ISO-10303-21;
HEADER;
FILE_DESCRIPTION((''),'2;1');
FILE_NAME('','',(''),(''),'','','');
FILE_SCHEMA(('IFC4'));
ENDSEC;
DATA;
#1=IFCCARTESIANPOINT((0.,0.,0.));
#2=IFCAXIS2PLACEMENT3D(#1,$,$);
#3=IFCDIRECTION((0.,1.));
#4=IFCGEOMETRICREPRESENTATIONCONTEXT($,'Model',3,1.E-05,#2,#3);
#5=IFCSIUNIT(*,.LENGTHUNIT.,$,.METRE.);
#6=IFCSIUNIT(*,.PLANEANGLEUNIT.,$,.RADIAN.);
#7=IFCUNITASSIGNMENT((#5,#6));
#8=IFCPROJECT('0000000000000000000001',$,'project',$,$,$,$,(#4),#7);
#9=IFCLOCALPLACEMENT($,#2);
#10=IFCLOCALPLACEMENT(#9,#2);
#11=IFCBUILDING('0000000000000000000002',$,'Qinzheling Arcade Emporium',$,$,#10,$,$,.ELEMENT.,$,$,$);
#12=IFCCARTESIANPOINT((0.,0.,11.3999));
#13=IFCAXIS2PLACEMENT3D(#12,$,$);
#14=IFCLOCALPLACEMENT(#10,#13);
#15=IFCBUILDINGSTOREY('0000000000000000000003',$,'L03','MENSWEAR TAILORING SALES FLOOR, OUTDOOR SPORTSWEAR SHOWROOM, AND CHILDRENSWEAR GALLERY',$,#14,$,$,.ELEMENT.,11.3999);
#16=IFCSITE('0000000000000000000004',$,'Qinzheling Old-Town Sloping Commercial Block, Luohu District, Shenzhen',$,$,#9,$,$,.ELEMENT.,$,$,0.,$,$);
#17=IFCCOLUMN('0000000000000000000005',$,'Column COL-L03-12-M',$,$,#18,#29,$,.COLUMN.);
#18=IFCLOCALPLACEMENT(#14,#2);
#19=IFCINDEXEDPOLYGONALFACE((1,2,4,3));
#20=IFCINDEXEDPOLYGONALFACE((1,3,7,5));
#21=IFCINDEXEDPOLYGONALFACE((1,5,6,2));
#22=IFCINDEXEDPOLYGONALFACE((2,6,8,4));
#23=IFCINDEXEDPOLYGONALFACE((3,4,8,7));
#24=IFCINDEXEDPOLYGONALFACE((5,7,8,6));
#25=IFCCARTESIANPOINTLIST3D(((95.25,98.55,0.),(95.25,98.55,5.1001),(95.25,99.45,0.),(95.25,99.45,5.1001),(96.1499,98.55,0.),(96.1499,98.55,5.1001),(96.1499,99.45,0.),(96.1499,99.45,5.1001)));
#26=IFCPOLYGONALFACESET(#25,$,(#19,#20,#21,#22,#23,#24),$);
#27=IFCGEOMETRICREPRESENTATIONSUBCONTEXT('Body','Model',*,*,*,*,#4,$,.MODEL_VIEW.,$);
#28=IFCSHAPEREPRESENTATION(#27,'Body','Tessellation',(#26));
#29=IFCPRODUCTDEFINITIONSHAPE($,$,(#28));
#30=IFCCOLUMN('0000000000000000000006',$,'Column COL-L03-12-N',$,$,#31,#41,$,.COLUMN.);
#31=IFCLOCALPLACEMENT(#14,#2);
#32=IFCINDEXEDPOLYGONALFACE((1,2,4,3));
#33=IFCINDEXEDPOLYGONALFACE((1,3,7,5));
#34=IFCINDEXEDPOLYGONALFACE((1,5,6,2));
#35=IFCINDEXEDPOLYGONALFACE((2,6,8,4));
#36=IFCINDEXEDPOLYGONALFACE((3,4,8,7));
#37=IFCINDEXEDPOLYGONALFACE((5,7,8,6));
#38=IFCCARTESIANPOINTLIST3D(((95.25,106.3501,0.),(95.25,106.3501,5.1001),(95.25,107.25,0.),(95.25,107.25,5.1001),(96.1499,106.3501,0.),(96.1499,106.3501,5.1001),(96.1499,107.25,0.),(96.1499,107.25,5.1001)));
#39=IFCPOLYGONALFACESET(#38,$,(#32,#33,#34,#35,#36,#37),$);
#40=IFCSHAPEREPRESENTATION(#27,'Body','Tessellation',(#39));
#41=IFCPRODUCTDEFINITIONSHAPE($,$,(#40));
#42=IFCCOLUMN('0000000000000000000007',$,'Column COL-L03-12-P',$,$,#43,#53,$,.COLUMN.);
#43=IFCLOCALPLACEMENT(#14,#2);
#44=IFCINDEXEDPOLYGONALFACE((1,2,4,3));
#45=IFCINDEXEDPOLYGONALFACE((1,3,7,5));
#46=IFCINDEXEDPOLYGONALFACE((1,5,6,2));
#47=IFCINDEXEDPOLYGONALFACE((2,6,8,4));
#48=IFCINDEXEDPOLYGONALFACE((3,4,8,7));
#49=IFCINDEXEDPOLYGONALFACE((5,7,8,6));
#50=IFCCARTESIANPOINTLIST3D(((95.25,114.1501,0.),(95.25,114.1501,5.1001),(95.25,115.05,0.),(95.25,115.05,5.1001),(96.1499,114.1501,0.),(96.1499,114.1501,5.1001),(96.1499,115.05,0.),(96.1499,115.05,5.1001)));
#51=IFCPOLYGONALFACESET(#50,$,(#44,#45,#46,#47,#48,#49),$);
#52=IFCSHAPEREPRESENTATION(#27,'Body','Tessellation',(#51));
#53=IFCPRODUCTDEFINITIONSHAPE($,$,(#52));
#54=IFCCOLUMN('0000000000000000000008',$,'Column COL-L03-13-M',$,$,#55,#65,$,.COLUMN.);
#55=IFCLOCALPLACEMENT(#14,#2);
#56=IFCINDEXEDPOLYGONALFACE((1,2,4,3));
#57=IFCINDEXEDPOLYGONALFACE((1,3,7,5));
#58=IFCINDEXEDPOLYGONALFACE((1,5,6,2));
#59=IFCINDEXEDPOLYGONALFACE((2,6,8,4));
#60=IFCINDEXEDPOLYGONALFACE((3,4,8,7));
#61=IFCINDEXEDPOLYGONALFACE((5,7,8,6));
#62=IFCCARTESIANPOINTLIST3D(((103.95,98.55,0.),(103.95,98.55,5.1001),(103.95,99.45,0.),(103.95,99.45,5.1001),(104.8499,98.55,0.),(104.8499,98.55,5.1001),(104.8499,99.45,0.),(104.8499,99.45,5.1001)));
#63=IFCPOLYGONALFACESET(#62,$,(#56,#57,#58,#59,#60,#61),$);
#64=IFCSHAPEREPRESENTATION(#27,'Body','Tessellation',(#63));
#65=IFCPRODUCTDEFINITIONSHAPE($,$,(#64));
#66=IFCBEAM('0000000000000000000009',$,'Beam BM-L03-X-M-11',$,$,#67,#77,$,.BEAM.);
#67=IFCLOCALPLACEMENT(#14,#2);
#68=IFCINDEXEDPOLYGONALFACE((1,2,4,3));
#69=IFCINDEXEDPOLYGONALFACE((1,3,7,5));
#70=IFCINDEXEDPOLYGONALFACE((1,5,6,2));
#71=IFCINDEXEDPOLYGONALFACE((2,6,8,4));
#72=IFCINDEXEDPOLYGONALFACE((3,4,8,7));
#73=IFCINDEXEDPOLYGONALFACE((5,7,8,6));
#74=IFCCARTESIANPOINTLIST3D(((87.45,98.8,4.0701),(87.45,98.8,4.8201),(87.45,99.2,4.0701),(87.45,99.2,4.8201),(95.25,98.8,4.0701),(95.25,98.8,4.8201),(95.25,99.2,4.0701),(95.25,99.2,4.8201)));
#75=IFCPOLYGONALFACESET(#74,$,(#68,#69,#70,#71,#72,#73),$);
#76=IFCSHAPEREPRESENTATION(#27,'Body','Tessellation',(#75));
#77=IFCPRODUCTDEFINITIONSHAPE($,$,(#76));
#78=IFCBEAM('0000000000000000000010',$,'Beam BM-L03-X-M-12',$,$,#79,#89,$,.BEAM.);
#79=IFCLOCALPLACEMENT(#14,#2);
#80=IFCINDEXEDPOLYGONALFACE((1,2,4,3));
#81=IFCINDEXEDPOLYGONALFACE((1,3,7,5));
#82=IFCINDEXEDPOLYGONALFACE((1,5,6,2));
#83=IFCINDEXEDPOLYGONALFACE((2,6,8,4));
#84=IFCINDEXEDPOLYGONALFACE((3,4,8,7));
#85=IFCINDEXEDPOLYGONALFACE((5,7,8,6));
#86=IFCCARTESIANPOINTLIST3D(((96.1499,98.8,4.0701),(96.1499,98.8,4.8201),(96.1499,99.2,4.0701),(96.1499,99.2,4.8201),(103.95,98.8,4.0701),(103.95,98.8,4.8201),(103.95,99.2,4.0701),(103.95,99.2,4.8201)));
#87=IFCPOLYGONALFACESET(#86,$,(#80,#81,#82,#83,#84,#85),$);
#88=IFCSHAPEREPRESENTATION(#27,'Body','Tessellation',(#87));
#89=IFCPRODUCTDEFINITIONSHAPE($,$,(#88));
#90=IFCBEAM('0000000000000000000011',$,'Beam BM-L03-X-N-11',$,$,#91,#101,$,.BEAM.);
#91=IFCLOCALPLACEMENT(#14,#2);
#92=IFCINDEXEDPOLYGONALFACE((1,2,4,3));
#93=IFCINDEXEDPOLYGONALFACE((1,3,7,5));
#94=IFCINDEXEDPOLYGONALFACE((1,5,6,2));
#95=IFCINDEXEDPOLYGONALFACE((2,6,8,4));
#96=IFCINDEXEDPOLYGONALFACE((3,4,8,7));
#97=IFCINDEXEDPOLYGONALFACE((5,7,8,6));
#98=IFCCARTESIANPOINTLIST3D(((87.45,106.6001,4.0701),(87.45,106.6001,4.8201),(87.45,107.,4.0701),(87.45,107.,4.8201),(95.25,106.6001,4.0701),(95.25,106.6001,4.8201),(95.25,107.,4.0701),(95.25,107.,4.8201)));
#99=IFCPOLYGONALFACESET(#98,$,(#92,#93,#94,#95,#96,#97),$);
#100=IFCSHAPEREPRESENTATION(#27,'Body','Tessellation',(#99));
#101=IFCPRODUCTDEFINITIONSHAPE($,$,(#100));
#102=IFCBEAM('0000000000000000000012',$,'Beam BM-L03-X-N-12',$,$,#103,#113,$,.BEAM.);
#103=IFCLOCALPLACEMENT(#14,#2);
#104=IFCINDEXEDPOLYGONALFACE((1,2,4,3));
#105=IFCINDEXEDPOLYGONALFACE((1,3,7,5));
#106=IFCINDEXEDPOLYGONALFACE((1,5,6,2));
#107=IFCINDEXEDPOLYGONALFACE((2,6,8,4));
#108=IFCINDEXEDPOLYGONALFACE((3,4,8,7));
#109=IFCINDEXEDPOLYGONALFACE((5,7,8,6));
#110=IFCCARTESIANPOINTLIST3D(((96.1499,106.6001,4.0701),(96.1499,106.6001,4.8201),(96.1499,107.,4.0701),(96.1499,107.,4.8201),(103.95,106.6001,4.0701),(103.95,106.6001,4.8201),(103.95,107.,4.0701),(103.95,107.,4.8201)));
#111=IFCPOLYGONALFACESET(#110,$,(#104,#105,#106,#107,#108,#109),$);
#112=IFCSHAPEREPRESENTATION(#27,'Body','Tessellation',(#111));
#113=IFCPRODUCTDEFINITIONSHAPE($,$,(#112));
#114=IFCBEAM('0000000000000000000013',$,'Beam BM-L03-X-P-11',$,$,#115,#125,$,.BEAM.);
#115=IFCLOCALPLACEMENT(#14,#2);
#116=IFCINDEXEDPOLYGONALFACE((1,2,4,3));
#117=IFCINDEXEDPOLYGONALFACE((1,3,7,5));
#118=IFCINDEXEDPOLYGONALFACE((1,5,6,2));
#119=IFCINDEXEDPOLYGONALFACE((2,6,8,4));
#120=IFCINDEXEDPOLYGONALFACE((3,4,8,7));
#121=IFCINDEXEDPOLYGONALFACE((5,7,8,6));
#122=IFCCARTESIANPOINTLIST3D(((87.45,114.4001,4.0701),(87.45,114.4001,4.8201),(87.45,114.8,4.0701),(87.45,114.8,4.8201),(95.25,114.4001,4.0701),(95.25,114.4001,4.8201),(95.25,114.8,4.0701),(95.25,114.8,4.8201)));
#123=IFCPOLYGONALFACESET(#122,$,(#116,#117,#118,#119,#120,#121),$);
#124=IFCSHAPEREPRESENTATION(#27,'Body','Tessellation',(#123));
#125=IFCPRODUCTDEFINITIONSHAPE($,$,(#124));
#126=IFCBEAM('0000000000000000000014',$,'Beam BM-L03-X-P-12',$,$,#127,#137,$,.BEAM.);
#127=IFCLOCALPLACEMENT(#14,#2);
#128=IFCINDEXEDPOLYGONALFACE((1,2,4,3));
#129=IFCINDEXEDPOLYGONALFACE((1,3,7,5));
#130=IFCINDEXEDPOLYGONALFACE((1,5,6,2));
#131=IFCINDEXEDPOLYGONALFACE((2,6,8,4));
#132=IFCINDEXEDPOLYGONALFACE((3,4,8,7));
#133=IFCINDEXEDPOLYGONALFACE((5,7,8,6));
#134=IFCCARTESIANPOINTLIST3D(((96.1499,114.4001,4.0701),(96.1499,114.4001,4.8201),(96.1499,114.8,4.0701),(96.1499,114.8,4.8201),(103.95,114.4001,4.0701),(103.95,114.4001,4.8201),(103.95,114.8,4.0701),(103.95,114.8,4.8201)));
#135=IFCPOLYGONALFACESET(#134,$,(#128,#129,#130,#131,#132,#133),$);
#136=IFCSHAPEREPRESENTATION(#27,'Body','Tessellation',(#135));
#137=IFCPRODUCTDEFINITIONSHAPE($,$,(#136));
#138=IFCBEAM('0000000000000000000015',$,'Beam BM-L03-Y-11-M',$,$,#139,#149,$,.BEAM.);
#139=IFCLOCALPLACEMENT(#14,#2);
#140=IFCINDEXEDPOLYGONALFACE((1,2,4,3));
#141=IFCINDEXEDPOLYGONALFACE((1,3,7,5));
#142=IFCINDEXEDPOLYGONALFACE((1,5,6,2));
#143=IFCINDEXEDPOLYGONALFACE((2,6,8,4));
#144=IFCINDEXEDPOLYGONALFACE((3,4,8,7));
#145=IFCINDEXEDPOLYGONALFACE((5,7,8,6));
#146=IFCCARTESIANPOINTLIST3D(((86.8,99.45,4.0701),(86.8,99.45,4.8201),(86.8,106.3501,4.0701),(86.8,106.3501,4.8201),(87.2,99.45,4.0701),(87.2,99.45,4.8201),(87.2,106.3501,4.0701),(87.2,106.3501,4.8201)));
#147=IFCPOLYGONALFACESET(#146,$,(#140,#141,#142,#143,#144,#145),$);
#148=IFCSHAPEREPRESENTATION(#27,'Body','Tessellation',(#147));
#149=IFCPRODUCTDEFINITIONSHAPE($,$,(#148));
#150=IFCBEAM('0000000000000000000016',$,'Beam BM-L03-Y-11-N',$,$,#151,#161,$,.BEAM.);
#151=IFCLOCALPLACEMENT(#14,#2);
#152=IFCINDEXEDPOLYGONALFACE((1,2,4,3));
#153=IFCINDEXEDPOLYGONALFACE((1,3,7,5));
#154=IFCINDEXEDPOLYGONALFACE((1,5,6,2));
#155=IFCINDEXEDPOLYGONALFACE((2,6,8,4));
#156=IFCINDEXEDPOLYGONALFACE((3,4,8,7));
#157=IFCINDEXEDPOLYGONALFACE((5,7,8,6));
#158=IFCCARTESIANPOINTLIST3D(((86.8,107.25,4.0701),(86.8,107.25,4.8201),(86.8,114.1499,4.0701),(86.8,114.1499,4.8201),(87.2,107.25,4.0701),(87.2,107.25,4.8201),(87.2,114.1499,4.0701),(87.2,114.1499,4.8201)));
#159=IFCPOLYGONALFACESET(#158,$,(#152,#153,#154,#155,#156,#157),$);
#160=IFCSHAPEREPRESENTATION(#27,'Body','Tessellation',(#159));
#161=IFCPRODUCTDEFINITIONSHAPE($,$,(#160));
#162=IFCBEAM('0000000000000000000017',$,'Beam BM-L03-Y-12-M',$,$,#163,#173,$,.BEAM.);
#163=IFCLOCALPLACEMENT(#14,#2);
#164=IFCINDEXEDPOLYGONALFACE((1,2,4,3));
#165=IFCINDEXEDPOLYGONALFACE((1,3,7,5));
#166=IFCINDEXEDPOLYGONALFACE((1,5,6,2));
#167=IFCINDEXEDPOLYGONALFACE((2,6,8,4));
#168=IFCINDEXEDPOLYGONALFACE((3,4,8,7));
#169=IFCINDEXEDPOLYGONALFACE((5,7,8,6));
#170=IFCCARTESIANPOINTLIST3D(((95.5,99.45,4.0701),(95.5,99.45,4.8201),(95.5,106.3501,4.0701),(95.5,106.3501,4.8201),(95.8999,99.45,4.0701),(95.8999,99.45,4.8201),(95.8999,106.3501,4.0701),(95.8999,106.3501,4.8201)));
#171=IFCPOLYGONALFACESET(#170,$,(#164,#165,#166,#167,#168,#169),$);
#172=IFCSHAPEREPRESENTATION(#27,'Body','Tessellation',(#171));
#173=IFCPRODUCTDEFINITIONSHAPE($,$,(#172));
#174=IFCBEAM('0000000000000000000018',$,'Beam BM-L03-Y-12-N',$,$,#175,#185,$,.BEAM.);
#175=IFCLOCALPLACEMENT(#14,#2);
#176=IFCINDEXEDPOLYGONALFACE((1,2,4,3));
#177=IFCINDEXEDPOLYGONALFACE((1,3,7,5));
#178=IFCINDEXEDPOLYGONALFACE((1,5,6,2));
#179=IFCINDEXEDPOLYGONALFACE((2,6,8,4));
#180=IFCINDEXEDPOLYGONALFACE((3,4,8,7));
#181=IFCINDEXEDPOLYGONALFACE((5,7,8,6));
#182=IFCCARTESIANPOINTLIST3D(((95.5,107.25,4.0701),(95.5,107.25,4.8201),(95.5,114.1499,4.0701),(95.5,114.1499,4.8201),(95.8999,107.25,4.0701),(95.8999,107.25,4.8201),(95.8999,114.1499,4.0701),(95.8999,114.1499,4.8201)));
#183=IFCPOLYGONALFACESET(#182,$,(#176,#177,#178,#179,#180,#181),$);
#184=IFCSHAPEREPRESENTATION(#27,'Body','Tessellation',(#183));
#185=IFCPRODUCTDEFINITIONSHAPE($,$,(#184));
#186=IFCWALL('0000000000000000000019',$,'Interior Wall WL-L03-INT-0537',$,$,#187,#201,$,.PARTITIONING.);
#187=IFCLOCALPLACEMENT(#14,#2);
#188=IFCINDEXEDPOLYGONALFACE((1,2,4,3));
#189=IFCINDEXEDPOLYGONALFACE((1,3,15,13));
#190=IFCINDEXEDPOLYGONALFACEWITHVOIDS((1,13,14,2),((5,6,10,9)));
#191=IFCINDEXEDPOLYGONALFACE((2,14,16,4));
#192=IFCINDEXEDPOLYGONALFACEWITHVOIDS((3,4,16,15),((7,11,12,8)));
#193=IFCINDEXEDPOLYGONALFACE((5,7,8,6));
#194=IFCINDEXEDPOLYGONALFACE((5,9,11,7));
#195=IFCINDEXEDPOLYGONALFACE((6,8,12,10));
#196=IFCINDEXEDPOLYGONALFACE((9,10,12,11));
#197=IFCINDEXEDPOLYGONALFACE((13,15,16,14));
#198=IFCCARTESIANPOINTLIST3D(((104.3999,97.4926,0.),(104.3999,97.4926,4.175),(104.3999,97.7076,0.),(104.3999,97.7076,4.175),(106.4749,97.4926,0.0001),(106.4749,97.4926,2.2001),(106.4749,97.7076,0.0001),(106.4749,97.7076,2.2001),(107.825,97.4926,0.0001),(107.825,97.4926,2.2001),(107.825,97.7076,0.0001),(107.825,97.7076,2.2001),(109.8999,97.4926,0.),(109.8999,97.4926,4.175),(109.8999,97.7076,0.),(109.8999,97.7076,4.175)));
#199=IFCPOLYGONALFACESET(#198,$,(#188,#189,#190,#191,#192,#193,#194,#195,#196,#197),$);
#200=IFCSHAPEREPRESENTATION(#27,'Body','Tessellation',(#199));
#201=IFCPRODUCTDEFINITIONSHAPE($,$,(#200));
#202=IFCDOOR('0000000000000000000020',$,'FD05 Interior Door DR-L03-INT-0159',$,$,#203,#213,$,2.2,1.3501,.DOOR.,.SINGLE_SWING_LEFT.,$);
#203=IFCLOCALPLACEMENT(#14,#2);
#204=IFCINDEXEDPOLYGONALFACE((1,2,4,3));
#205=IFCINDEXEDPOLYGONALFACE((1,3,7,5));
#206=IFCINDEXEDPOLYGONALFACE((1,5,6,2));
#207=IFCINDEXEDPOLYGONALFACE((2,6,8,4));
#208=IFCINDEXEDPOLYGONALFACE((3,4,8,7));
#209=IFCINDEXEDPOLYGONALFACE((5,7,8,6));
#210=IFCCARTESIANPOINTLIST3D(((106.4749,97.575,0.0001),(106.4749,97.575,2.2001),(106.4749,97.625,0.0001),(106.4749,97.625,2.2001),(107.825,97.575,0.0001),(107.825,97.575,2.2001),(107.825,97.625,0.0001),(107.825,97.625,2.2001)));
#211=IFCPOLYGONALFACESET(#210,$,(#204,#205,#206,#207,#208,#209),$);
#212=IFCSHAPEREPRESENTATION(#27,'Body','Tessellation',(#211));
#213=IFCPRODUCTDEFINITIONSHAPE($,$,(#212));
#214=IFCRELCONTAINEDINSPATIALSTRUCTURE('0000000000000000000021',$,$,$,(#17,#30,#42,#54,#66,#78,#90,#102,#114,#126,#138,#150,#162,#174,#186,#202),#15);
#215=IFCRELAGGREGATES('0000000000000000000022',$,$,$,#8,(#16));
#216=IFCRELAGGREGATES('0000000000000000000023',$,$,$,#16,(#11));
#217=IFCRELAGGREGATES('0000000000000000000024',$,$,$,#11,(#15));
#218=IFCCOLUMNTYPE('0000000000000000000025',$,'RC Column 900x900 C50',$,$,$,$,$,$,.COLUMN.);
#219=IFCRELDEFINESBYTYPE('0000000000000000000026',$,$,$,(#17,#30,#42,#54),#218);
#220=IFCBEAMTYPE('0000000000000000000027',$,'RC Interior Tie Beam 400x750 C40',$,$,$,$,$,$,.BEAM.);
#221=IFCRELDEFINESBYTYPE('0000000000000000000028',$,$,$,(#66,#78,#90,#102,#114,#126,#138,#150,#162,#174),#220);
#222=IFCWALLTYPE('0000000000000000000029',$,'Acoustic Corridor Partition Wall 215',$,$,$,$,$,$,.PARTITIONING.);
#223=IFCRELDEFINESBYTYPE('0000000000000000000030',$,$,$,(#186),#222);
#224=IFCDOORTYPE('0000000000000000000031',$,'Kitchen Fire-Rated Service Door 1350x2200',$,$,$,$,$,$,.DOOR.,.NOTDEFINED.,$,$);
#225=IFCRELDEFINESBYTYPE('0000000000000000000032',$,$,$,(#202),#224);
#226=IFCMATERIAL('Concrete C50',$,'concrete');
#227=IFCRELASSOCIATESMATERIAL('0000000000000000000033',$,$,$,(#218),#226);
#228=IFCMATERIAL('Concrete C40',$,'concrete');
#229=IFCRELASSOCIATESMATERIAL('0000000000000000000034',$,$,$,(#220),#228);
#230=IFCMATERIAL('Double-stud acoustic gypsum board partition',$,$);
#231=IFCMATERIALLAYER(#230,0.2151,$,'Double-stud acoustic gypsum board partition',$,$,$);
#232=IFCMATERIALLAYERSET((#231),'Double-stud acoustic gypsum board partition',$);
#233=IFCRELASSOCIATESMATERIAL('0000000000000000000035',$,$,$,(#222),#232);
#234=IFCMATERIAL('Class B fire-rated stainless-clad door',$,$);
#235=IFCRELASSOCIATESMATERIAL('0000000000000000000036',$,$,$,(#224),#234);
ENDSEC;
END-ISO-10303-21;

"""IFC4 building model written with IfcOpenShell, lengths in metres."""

from ifc_helpers import new_model, si_unit, direction, frame, frame_2d, origin, origin_2d, place, context, subcontext, project, spatial, rectangle, extrude, material, layer, layer_set, material_profile, profile_set, type_object, element, fill, save


model = new_model("IFC4")

# Units and contexts
model_context = context("Model", 3, precision=1e-05, world=origin(), true_north=direction((0.0, 1.0)))
body_context = subcontext(model_context, "Body", "Model", "MODEL_VIEW")
ifc_project = project(units=[si_unit("LENGTHUNIT", "METRE"), si_unit("PLANEANGLEUNIT", "RADIAN")], contexts=[model_context])

# Site, building, storey
site_placement = place(None, origin())
site = spatial("IfcSite", under=ifc_project, at=site_placement, Name="Qinzheling Old-Town Sloping Commercial Block, Luohu District, Shenzhen", CompositionType="ELEMENT", RefElevation=0.0)
building_placement = place(site_placement, origin())
building = spatial("IfcBuilding", under=site, at=building_placement, Name="Qinzheling Arcade Emporium", CompositionType="ELEMENT")
storey_placement = place(building_placement, frame((0.0, 0.0, 11.3999)))
storey = spatial("IfcBuildingStorey", under=building, at=storey_placement, Name="L03", Description="MENSWEAR TAILORING SALES FLOOR, OUTDOOR SPORTSWEAR SHOWROOM, AND CHILDRENSWEAR GALLERY", CompositionType="ELEMENT", Elevation=11.3999)

# Columns
ifc_material_1 = material(Name="Concrete C50", Category="concrete")
ifc_material_profile_1 = material_profile(ifc_material_1, rectangle(XDim=0.8999, YDim=0.8999, at=origin_2d()), Name="RC 900x900", Category="concrete")
ifc_profile_set_1 = profile_set([ifc_material_profile_1], Name="Concrete C50")
column_type = type_object("IfcColumnType", Name="RC Column 900x900 C50", PredefinedType="COLUMN", material=ifc_profile_set_1)
for number, where, z_axis, x_axis, name in (
    (1, (95.7, 99.0, 0.0), (0.0, 0.0, 1.0), (1.0, 0.0, 0.0), "Column COL-L03-12-M"),
    (2, (95.7, 106.8, 0.0), (0.0, 0.0, 1.0), (1.0, 0.0, 0.0), "Column COL-L03-12-N"),
    (3, (95.7, 114.6001, 0.0), (0.0, 0.0, 1.0), (1.0, 0.0, 0.0), "Column COL-L03-12-P"),
    (4, (104.3999, 99.0, 0.0), (0.0, 0.0, 1.0), (1.0, 0.0, 0.0), "Column COL-L03-13-M"),
):
    element("IfcColumn", number, at=place(storey_placement, frame(where, z_axis=z_axis, x_axis=x_axis)), inside=storey, type_object=column_type, Name=name, PredefinedType="COLUMN", context=body_context, shape_type="SweptSolid", body=[
        extrude(rectangle(XDim=0.8999, YDim=0.8999, at=origin_2d()), origin(), (0.0, 0.0, 1.0), 5.1001),
    ])

# Beams
ifc_material_2 = material(Name="Concrete C40", Category="concrete")
ifc_material_profile_2 = material_profile(ifc_material_2, rectangle(XDim=0.3999, YDim=0.75, at=origin_2d()), Name="RC 400x750", Category="concrete")
ifc_profile_set_2 = profile_set([ifc_material_profile_2], Name="Concrete C40")
beam_type = type_object("IfcBeamType", Name="RC Interior Tie Beam 400x750 C40", PredefinedType="BEAM", material=ifc_profile_set_2)
for number, where, z_axis, x_axis, name in (
    (5, (87.45, 99.0, 4.4451), (1.0, 0.0, 0.0), (0.0, 1.0, 0.0), "Beam BM-L03-X-M-11"),
    (6, (96.1499, 99.0, 4.4451), (1.0, 0.0, 0.0), (0.0, 1.0, 0.0), "Beam BM-L03-X-M-12"),
    (7, (87.45, 106.8, 4.4451), (1.0, 0.0, 0.0), (0.0, 1.0, 0.0), "Beam BM-L03-X-N-11"),
    (8, (96.1499, 106.8, 4.4451), (1.0, 0.0, 0.0), (0.0, 1.0, 0.0), "Beam BM-L03-X-N-12"),
    (9, (87.45, 114.6001, 4.4451), (1.0, 0.0, 0.0), (0.0, 1.0, 0.0), "Beam BM-L03-X-P-11"),
    (10, (96.1499, 114.6001, 4.4451), (1.0, 0.0, 0.0), (0.0, 1.0, 0.0), "Beam BM-L03-X-P-12"),
):
    element("IfcBeam", number, at=place(storey_placement, frame(where, z_axis=z_axis, x_axis=x_axis)), inside=storey, type_object=beam_type, Name=name, PredefinedType="BEAM", context=body_context, shape_type="SweptSolid", body=[
        extrude(rectangle(XDim=0.3999, YDim=0.75, at=origin_2d()), origin(), (0.0, 0.0, 1.0), 7.8),
    ])
beam_1_placement = place(storey_placement, frame((87.0, 99.45, 4.4451), z_axis=(0.0, 1.0, 0.0), x_axis=(-1.0, 0.0, 0.0)))
element("IfcBeam", 11, at=beam_1_placement, inside=storey, type_object=beam_type, Name="Beam BM-L03-Y-11-M", PredefinedType="BEAM", context=body_context, shape_type="SweptSolid", body=[
    extrude(rectangle(XDim=0.3999, YDim=0.75, at=origin_2d()), origin(), (0.0, 0.0, 1.0), 6.9001),
])
beam_2_placement = place(storey_placement, frame((87.0, 107.25, 4.4451), z_axis=(0.0, 1.0, 0.0), x_axis=(-1.0, 0.0, 0.0)))
element("IfcBeam", 12, at=beam_2_placement, inside=storey, type_object=beam_type, Name="Beam BM-L03-Y-11-N", PredefinedType="BEAM", context=body_context, shape_type="SweptSolid", body=[
    extrude(rectangle(XDim=0.3999, YDim=0.75, at=origin_2d()), origin(), (0.0, 0.0, 1.0), 6.8999),
])
beam_3_placement = place(storey_placement, frame((95.7, 99.45, 4.4451), z_axis=(0.0, 1.0, 0.0), x_axis=(-1.0, 0.0, 0.0)))
element("IfcBeam", 13, at=beam_3_placement, inside=storey, type_object=beam_type, Name="Beam BM-L03-Y-12-M", PredefinedType="BEAM", context=body_context, shape_type="SweptSolid", body=[
    extrude(rectangle(XDim=0.3999, YDim=0.75, at=origin_2d()), origin(), (0.0, 0.0, 1.0), 6.9001),
])
beam_4_placement = place(storey_placement, frame((95.7, 107.25, 4.4451), z_axis=(0.0, 1.0, 0.0), x_axis=(-1.0, 0.0, 0.0)))
element("IfcBeam", 14, at=beam_4_placement, inside=storey, type_object=beam_type, Name="Beam BM-L03-Y-12-N", PredefinedType="BEAM", context=body_context, shape_type="SweptSolid", body=[
    extrude(rectangle(XDim=0.3999, YDim=0.75, at=origin_2d()), origin(), (0.0, 0.0, 1.0), 6.8999),
])

# Wall, opening, door
ifc_material_3 = material(Name="Double-stud acoustic gypsum board partition")
ifc_layer_1 = layer(ifc_material_3, 0.2151, Name="Double-stud acoustic gypsum board partition")
ifc_layer_set_1 = layer_set([ifc_layer_1], Name="Double-stud acoustic gypsum board partition")
wall_type_1 = type_object("IfcWallType", Name="Acoustic Corridor Partition Wall 215", PredefinedType="PARTITIONING", material=ifc_layer_set_1)
wall_1_placement = place(storey_placement, frame((104.3999, 97.6001, 0.0), z_axis=(0.0, 0.0, 1.0), x_axis=(1.0, 0.0, 0.0)))
wall_1 = element("IfcWall", 15, at=wall_1_placement, inside=storey, type_object=wall_type_1, Name="Interior Wall WL-L03-INT-0537", PredefinedType="PARTITIONING", context=body_context, shape_type="SweptSolid", body=[
    extrude(rectangle(XDim=5.5, YDim=0.2151, at=frame_2d((2.75, 0.0))), origin(), (0.0, 0.0, 1.0), 4.175),
])
opening_1_placement = place(wall_1_placement, frame((2.075, 0.0, 0.0)))
opening_1 = element("IfcOpeningElement", 16, at=opening_1_placement, cuts=wall_1, PredefinedType="OPENING", context=body_context, shape_type="SweptSolid", body=[
    extrude(rectangle(XDim=1.3501, YDim=2.2, at=frame_2d((0.675, 1.1001))), frame((0.0, 0.1177, 0.0), z_axis=(0.0, -1.0, 0.0), x_axis=(1.0, 0.0, 0.0)), (0.0, 0.0, 1.0), 0.2351),
])
ifc_material_4 = material(Name="Class B fire-rated stainless-clad door")
door_type_1 = type_object("IfcDoorType", Name="Kitchen Fire-Rated Service Door 1350x2200", OperationType="NOTDEFINED", PredefinedType="DOOR", material=ifc_material_4)
door_1_placement = place(opening_1_placement, origin())
door_1 = element("IfcDoor", 17, at=door_1_placement, inside=storey, type_object=door_type_1, Name="FD05 Interior Door DR-L03-INT-0159", OperationType="SINGLE_SWING_LEFT", OverallHeight=2.2, OverallWidth=1.3501, PredefinedType="DOOR", context=body_context, shape_type="SweptSolid", body=[
    extrude(rectangle(XDim=1.3501, YDim=2.2, at=frame_2d((0.675, 1.1001))), frame((0.0, 0.0249, 0.0), z_axis=(0.0, -1.0, 0.0), x_axis=(1.0, 0.0, 0.0)), (0.0, 0.0, 1.0), 0.05),
])
fill(opening_1, door_1)

save(model, "model.ifc")
